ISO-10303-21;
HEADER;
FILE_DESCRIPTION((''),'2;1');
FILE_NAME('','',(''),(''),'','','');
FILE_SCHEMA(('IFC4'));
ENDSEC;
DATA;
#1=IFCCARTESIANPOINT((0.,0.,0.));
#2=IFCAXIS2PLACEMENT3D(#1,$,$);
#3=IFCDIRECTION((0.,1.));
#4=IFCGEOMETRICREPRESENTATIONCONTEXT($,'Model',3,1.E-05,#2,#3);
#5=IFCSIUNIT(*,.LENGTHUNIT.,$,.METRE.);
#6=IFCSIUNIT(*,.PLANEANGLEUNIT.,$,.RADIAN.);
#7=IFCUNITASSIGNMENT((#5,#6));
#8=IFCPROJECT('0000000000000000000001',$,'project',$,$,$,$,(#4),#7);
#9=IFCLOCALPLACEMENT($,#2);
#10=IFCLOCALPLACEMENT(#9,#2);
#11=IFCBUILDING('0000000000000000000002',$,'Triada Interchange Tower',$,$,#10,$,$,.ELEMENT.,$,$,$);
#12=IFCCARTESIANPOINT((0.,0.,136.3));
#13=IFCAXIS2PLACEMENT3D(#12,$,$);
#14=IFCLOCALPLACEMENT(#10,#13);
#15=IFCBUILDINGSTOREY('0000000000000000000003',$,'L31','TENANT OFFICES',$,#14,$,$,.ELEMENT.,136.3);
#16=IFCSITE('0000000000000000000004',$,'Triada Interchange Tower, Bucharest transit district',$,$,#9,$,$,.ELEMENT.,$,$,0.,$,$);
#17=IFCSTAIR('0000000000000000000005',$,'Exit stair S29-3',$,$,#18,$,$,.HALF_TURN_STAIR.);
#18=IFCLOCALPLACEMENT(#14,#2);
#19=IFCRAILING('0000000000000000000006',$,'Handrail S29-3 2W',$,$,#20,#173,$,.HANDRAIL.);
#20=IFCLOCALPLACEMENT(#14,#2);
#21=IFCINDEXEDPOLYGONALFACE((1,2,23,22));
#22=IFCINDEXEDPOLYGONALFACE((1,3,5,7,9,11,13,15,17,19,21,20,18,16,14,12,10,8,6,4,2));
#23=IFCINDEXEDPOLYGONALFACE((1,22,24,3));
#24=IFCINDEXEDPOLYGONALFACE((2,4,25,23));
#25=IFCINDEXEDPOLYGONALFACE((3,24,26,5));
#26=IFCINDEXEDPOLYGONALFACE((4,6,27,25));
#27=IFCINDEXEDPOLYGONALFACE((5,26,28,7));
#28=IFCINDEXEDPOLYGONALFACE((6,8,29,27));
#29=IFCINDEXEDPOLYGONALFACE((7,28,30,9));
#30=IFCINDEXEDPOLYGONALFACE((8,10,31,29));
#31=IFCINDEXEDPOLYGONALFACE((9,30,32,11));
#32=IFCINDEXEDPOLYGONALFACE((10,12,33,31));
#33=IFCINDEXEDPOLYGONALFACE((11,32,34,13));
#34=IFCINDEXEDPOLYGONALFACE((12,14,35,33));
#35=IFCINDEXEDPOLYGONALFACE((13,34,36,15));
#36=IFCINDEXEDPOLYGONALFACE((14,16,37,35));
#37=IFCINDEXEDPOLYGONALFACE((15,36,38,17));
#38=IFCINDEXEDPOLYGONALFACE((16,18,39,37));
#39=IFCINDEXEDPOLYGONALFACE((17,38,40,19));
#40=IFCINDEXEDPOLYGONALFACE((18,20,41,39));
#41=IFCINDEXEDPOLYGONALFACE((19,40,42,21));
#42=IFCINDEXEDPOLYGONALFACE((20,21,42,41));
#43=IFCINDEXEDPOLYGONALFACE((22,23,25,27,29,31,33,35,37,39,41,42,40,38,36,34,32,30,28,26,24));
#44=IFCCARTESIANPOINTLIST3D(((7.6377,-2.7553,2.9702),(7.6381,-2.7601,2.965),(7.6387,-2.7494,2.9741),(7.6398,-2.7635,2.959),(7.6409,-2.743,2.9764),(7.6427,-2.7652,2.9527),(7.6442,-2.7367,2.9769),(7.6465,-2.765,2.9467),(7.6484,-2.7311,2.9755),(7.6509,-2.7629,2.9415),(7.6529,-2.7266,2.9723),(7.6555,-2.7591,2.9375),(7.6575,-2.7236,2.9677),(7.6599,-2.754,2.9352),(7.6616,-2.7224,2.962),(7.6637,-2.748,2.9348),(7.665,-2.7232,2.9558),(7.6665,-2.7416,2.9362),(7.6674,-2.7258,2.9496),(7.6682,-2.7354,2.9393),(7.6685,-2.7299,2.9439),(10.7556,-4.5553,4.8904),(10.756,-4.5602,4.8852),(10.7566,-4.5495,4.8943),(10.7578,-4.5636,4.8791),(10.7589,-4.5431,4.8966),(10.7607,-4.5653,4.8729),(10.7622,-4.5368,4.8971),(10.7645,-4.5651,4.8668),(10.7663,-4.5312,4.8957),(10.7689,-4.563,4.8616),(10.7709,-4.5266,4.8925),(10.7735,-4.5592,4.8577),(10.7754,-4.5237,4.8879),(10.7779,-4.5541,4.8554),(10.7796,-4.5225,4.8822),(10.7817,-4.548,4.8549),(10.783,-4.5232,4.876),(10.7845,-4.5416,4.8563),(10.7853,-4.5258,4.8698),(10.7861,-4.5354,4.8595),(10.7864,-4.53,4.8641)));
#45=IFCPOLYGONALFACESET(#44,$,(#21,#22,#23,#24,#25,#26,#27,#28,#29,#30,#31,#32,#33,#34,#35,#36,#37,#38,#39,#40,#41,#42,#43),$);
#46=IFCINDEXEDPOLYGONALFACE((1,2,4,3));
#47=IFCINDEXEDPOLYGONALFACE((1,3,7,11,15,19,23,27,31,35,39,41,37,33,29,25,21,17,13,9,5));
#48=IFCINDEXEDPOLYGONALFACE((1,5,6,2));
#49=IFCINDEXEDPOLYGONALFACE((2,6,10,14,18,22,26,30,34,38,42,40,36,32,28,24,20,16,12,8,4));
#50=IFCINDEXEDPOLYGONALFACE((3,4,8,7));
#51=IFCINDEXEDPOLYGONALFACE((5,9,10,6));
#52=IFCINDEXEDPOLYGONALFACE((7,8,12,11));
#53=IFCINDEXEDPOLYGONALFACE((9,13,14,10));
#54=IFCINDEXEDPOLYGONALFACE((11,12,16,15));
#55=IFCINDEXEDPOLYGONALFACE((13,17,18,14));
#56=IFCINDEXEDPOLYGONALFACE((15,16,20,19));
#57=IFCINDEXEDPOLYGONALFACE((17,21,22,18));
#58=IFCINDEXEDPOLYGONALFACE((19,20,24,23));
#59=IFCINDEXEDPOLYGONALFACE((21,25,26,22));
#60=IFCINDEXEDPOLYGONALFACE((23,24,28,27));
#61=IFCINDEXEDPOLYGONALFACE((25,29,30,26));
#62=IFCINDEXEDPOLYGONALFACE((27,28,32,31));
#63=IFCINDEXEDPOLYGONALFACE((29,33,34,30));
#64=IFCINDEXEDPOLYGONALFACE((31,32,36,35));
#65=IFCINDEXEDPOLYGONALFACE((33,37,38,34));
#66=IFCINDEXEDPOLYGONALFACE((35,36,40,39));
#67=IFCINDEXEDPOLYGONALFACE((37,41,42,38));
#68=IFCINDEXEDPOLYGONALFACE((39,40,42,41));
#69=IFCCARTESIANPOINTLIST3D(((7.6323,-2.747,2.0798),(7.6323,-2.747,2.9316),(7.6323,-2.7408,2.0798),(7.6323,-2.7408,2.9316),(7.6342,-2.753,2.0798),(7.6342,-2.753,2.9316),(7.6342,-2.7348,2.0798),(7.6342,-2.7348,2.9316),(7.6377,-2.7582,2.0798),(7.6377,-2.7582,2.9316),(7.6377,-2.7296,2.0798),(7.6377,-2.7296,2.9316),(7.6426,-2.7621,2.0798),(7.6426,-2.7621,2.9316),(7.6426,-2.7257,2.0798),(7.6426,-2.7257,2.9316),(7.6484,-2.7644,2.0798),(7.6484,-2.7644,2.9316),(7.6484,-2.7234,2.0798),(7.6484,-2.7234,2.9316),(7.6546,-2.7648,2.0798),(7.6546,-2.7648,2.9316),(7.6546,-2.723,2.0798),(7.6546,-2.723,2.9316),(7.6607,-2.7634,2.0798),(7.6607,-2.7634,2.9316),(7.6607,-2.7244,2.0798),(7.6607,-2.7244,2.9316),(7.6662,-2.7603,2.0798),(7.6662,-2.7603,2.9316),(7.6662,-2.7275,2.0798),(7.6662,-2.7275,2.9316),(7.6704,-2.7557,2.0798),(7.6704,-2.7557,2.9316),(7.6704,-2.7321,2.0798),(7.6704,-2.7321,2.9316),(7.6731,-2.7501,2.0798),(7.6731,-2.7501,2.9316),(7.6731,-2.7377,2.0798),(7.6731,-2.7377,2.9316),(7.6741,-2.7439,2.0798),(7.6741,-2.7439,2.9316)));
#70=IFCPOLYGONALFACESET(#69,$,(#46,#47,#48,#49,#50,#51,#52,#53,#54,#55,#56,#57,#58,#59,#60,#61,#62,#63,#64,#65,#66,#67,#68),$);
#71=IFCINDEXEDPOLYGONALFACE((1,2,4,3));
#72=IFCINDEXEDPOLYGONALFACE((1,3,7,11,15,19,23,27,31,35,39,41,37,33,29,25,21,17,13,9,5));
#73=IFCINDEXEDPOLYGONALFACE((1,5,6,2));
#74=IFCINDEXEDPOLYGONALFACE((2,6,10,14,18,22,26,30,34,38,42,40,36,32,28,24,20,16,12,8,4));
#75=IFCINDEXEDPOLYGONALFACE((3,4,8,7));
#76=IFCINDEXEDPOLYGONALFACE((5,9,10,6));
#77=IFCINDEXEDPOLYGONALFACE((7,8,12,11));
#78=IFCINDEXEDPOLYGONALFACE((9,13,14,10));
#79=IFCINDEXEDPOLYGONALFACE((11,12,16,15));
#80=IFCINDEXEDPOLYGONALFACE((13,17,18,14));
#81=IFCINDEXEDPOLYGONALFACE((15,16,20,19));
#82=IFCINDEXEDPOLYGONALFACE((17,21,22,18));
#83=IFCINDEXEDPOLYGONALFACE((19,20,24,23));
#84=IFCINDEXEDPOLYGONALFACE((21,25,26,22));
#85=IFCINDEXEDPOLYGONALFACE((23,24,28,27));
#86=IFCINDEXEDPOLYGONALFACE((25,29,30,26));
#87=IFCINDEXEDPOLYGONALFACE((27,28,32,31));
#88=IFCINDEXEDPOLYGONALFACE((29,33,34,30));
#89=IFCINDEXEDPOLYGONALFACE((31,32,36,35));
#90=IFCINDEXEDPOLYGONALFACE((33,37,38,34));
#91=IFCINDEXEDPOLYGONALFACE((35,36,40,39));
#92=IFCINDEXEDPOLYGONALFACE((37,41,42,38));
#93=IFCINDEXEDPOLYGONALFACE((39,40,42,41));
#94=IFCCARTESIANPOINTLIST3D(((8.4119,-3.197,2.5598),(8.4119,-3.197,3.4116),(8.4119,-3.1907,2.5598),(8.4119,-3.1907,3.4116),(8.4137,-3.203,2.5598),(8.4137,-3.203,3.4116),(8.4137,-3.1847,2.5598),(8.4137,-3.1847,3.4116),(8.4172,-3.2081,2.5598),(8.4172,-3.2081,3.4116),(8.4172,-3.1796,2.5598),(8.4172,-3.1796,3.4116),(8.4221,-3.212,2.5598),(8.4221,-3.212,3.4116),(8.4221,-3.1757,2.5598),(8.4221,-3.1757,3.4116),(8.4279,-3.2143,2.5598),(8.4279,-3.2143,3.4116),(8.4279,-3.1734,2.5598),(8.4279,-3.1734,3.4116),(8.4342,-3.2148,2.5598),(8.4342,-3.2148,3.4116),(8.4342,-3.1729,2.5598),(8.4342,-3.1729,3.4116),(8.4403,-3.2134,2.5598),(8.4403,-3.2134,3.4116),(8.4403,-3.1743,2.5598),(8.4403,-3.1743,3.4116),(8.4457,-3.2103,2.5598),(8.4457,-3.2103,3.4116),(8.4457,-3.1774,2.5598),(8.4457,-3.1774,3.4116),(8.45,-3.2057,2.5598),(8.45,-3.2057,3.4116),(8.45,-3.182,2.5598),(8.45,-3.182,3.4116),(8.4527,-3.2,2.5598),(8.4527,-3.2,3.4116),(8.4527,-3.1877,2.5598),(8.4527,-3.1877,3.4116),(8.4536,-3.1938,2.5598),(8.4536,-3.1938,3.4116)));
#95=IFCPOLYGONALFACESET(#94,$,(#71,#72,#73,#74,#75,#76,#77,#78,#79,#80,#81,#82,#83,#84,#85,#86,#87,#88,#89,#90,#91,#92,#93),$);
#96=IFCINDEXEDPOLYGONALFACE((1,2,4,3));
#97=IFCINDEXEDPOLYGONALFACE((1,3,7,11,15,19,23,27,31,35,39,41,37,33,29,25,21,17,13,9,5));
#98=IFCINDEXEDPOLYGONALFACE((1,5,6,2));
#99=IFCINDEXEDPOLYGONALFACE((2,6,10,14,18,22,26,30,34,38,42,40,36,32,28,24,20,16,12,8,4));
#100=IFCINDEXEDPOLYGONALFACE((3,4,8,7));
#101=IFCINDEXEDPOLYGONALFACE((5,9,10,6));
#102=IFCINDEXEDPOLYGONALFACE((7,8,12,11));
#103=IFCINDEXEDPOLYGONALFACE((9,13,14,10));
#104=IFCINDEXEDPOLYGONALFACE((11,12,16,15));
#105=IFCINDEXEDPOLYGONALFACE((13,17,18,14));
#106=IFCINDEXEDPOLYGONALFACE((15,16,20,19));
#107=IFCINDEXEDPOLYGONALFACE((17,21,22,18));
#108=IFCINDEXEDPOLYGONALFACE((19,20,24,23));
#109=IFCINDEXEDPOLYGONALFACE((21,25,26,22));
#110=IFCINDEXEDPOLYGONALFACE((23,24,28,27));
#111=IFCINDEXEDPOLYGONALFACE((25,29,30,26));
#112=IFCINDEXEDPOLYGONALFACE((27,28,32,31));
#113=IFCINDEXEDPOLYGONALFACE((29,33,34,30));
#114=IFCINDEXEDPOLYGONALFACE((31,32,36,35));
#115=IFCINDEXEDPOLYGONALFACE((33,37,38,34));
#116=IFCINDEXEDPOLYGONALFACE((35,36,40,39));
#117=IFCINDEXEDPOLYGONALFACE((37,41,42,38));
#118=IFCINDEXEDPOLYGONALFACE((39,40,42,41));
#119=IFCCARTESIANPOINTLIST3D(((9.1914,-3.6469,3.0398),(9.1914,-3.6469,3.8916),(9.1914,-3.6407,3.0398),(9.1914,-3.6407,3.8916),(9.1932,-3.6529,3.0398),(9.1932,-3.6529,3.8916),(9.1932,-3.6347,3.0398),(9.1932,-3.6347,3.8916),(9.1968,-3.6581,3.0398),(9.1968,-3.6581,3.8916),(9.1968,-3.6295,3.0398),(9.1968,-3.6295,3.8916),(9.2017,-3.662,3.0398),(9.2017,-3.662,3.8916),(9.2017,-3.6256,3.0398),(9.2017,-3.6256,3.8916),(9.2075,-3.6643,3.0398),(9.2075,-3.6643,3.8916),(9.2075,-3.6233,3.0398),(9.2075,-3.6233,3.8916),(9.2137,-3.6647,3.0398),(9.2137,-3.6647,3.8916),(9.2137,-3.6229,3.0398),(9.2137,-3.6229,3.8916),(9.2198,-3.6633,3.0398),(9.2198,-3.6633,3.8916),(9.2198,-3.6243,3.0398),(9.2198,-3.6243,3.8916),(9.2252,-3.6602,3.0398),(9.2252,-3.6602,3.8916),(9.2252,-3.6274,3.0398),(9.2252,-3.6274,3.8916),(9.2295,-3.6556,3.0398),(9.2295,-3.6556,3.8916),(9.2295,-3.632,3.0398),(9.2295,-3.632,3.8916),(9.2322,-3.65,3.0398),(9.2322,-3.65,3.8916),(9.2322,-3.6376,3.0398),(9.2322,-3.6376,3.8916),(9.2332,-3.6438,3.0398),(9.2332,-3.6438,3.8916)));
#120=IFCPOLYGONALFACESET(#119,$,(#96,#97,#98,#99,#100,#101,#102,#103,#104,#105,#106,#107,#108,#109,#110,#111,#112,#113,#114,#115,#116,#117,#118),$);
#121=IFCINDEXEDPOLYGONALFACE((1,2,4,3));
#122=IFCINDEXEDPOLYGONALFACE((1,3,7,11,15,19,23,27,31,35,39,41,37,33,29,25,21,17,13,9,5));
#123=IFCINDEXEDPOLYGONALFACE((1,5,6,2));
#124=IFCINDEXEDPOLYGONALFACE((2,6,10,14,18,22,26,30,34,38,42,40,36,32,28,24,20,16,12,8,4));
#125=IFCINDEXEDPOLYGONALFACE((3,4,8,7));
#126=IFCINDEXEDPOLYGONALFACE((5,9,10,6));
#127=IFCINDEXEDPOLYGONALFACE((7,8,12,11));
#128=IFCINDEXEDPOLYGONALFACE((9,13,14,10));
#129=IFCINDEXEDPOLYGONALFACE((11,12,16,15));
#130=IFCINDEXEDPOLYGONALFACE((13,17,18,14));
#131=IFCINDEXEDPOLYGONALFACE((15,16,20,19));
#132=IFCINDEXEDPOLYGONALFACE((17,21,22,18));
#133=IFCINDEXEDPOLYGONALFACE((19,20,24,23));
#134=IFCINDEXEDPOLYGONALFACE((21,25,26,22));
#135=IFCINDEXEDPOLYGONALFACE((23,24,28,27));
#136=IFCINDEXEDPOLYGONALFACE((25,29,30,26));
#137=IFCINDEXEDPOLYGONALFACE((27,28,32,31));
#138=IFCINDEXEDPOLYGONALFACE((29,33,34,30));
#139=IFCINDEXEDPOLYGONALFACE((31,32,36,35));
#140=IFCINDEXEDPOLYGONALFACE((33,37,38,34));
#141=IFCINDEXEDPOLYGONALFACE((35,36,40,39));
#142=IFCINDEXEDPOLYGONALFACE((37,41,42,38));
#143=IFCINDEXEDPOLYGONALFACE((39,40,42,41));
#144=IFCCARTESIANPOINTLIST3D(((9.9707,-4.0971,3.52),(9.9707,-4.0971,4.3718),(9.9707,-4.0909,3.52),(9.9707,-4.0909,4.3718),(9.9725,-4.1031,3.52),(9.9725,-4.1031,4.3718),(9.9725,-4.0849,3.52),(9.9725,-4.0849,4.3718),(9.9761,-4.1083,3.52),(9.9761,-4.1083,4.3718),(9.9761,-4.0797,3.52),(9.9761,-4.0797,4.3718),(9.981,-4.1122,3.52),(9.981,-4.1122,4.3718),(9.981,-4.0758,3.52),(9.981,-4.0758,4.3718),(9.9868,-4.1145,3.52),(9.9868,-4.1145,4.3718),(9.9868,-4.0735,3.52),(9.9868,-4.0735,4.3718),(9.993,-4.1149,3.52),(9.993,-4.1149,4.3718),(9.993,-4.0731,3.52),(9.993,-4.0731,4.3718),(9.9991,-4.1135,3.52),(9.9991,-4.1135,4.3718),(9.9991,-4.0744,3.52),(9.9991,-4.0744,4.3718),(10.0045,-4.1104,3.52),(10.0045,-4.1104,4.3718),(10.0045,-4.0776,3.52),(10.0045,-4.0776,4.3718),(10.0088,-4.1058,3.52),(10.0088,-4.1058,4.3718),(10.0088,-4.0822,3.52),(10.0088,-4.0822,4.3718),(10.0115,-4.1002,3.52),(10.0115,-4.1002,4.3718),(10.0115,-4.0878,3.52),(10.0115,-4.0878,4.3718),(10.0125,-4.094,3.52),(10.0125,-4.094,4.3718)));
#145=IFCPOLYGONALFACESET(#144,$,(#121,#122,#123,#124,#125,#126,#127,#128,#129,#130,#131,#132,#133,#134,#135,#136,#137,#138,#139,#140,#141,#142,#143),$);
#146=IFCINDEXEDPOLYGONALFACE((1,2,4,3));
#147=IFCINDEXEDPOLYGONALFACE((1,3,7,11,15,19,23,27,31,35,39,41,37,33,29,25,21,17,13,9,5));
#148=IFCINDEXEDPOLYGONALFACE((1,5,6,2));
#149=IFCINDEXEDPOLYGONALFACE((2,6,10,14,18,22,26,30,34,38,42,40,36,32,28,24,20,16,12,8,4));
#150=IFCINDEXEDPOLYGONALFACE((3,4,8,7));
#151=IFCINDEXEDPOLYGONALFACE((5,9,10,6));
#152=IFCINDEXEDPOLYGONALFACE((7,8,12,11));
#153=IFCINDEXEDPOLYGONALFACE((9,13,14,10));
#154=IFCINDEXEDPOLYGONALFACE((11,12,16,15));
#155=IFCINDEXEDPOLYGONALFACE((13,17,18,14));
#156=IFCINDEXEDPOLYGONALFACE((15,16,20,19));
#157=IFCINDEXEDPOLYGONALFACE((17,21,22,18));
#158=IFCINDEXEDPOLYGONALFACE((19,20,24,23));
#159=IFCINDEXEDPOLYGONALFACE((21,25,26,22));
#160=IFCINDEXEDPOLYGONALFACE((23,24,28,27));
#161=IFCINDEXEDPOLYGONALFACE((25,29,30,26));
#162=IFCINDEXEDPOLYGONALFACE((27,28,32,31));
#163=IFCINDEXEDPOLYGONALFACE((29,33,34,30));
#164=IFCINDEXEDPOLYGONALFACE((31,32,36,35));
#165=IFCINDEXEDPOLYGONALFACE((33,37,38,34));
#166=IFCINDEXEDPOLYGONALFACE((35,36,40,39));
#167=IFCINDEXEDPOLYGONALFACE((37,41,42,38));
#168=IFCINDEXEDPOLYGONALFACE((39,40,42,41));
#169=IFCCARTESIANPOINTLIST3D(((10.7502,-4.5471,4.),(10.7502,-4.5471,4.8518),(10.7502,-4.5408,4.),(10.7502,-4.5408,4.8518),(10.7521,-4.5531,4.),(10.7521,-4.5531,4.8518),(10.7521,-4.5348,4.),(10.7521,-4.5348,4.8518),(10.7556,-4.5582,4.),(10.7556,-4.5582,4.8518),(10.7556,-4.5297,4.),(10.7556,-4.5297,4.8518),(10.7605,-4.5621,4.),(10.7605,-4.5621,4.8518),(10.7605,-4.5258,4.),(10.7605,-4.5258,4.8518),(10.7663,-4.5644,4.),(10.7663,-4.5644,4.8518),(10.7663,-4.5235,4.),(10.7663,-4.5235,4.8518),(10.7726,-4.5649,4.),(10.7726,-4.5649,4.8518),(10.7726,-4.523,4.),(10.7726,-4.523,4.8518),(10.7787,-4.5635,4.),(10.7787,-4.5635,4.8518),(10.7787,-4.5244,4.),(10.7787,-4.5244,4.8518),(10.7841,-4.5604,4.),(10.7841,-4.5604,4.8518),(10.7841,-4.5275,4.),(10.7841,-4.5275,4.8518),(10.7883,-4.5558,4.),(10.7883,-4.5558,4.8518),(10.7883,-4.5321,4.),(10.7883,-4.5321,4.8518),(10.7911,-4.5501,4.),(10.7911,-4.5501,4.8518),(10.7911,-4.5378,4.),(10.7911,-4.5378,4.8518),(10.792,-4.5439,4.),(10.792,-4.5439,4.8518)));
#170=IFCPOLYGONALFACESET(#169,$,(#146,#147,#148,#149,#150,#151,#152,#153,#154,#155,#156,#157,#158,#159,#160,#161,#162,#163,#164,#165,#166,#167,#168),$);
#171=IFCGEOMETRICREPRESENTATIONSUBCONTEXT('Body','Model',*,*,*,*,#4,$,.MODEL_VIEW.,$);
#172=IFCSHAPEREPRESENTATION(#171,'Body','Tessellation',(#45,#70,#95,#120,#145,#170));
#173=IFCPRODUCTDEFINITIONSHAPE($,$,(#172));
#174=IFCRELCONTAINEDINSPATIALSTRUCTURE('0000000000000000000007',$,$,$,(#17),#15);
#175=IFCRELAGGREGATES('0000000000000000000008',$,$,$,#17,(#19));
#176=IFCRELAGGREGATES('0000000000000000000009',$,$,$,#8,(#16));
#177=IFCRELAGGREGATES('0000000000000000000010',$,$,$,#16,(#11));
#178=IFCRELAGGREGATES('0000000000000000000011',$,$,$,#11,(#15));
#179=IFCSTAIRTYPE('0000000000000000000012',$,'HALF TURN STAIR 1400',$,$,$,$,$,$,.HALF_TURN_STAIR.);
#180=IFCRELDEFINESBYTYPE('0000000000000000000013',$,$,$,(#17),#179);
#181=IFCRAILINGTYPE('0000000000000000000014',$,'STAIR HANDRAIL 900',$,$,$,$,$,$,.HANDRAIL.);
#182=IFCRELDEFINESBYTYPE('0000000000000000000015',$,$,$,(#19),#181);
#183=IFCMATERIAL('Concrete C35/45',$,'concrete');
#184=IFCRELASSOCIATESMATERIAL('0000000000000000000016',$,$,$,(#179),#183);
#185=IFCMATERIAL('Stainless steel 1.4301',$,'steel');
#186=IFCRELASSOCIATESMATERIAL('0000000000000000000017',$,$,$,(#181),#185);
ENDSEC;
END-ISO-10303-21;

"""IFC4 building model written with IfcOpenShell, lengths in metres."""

from ifc_helpers import new_model, si_unit, direction, frame, origin, origin_2d, place, context, subcontext, project, spatial, circle, extrude, material, type_object, element, aggregate, save


model = new_model("IFC4")

# Units and contexts
model_context = context("Model", 3, precision=1e-05, world=origin(), true_north=direction((0.0, 1.0)))
body_context = subcontext(model_context, "Body", "Model", "MODEL_VIEW")
ifc_project = project(units=[si_unit("LENGTHUNIT", "METRE"), si_unit("PLANEANGLEUNIT", "RADIAN")], contexts=[model_context])

# Site, building, storey
site_placement = place(None, origin())
site = spatial("IfcSite", under=ifc_project, at=site_placement, Name="Triada Interchange Tower, Bucharest transit district", CompositionType="ELEMENT", RefElevation=0.0)
building_placement = place(site_placement, origin())
building = spatial("IfcBuilding", under=site, at=building_placement, Name="Triada Interchange Tower", CompositionType="ELEMENT")
storey_placement = place(building_placement, frame((0.0, 0.0, 136.3)))
storey = spatial("IfcBuildingStorey", under=building, at=storey_placement, Name="L31", Description="TENANT OFFICES", CompositionType="ELEMENT", Elevation=136.3)

# Stair, railing
ifc_material_1 = material(Name="Concrete C35/45", Category="concrete")
stair_type = type_object("IfcStairType", Name="HALF TURN STAIR 1400", PredefinedType="HALF_TURN_STAIR", material=ifc_material_1)
stair_placement = place(storey_placement, origin())
stair = element("IfcStair", 1, at=stair_placement, inside=storey, type_object=stair_type, Name="Exit stair S29-3", PredefinedType="HALF_TURN_STAIR")
ifc_material_2 = material(Name="Stainless steel 1.4301", Category="steel")
railing_type = type_object("IfcRailingType", Name="STAIR HANDRAIL 900", PredefinedType="HANDRAIL", material=ifc_material_2)
railing_1_placement = place(storey_placement, frame((7.6531, -2.7439, 2.0798)))
railing_1 = element("IfcRailing", 2, at=railing_1_placement, type_object=railing_type, Name="Handrail S29-3 2W", PredefinedType="HANDRAIL", context=body_context, shape_type="SweptSolid", body=[
    extrude(circle(Radius=0.0239, at=origin_2d()), frame((0.0, 0.0, 0.876), z_axis=(0.764145, -0.441159, 0.470597), x_axis=(0.499983, 0.866035, 0.0)), (0.0, 0.0, 1.0), 4.0803),
    extrude(circle(Radius=0.021, at=origin_2d()), origin(), (0.0, 0.0, 1.0), 0.8518),
    extrude(circle(Radius=0.021, at=origin_2d()), frame((0.7795, -0.45, 0.48)), (0.0, 0.0, 1.0), 0.8518),
    extrude(circle(Radius=0.021, at=origin_2d()), frame((1.5591, -0.8999, 0.96)), (0.0, 0.0, 1.0), 0.8518),
    extrude(circle(Radius=0.021, at=origin_2d()), frame((2.3384, -1.3501, 1.4402)), (0.0, 0.0, 1.0), 0.8518),
    extrude(circle(Radius=0.021, at=origin_2d()), frame((3.1179, -1.8, 1.9202)), (0.0, 0.0, 1.0), 0.8518),
])
aggregate(stair, [railing_1])

save(model, "model.ifc")
